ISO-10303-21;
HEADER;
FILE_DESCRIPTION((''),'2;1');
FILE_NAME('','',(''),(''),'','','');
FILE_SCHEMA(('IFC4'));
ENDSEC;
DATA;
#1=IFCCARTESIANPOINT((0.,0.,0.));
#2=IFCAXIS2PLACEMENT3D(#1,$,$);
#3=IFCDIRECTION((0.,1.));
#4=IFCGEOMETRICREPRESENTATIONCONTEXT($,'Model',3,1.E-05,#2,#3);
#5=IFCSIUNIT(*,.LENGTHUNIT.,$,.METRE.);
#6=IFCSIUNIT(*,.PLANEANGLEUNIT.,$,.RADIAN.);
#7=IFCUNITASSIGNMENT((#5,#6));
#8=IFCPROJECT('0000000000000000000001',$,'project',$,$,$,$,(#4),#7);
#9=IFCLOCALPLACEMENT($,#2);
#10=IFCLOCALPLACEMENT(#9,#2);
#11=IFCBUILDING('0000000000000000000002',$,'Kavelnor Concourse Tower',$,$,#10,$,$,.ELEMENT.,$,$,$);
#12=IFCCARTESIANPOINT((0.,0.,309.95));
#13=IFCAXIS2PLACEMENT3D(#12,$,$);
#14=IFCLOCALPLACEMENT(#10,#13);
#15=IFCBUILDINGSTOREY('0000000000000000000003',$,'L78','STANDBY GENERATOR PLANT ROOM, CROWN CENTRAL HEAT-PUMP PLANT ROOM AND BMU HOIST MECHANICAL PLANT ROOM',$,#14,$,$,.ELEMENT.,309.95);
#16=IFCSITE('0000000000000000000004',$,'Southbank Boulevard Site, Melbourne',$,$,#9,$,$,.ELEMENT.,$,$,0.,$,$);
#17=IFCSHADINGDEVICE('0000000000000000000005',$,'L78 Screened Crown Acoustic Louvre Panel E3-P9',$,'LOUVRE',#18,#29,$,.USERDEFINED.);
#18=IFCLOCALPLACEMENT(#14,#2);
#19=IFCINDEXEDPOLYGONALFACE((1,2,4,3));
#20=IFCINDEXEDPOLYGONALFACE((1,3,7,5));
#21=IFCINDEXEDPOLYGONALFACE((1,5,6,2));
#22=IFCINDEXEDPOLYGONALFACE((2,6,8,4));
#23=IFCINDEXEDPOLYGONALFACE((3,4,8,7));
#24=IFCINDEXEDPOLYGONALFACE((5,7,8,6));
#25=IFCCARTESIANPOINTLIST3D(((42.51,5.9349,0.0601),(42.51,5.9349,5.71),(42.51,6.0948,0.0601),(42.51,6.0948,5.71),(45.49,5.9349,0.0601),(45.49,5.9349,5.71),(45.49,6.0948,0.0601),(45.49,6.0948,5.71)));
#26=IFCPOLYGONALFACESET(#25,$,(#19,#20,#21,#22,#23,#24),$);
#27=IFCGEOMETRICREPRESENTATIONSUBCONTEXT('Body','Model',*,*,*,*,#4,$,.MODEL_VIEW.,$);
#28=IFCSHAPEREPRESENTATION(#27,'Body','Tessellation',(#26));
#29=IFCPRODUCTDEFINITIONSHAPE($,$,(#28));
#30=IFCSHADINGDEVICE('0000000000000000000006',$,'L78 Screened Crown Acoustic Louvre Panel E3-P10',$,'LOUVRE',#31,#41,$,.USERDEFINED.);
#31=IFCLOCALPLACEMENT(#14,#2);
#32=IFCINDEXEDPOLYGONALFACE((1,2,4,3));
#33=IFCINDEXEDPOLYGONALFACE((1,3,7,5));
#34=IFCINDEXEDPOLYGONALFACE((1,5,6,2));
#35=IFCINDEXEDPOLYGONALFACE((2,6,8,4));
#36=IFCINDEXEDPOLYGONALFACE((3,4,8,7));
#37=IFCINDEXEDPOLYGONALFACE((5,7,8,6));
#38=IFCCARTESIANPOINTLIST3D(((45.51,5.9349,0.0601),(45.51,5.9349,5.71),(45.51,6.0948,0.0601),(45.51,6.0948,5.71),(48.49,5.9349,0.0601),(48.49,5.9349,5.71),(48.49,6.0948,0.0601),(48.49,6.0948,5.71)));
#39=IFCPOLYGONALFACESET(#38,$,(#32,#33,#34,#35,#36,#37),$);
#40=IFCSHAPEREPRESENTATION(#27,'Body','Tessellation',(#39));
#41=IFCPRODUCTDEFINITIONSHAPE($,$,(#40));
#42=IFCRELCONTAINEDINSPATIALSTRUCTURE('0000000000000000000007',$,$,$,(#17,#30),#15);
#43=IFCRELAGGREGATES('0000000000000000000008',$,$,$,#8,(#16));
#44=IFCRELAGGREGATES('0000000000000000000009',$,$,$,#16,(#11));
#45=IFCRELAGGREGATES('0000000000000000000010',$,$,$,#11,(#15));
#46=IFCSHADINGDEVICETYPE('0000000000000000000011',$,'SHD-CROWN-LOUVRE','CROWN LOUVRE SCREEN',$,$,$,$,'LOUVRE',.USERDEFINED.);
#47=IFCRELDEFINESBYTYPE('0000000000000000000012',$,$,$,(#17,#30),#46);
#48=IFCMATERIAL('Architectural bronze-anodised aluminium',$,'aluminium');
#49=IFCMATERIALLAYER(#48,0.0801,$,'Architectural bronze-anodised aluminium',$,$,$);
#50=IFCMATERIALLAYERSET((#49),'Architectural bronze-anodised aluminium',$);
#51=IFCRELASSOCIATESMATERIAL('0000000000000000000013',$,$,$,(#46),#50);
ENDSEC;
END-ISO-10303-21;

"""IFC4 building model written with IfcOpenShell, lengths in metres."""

from ifc_helpers import new_model, si_unit, direction, frame, origin, origin_2d, place, context, subcontext, project, spatial, rectangle, extrude, material, layer, layer_set, type_object, element, save


model = new_model("IFC4")

# Units and contexts
model_context = context("Model", 3, precision=1e-05, world=origin(), true_north=direction((0.0, 1.0)))
body_context = subcontext(model_context, "Body", "Model", "MODEL_VIEW")
ifc_project = project(units=[si_unit("LENGTHUNIT", "METRE"), si_unit("PLANEANGLEUNIT", "RADIAN")], contexts=[model_context])

# Site, building, storey
site_placement = place(None, origin())
site = spatial("IfcSite", under=ifc_project, at=site_placement, Name="Southbank Boulevard Site, Melbourne", CompositionType="ELEMENT", RefElevation=0.0)
building_placement = place(site_placement, origin())
building = spatial("IfcBuilding", under=site, at=building_placement, Name="Kavelnor Concourse Tower", CompositionType="ELEMENT")
storey_placement = place(building_placement, frame((0.0, 0.0, 309.95)))
storey = spatial("IfcBuildingStorey", under=building, at=storey_placement, Name="L78", Description="STANDBY GENERATOR PLANT ROOM, CROWN CENTRAL HEAT-PUMP PLANT ROOM AND BMU HOIST MECHANICAL PLANT ROOM", CompositionType="ELEMENT", Elevation=309.95)

# Shading devices
ifc_material_1 = material(Name="Architectural bronze-anodised aluminium", Category="aluminium")
ifc_layer_1 = layer(ifc_material_1, 0.0801, Name="Architectural bronze-anodised aluminium")
ifc_layer_set_1 = layer_set([ifc_layer_1], Name="Architectural bronze-anodised aluminium")
shading_device_type = type_object("IfcShadingDeviceType", Name="SHD-CROWN-LOUVRE", Description="CROWN LOUVRE SCREEN", ElementType="LOUVRE", PredefinedType="USERDEFINED", material=ifc_layer_set_1)
for number, where, z_axis, x_axis, name in (
    (1, (44.0, 6.0149, 0.0601), (0.0, 0.0, 1.0), (1.0, 0.0, 0.0), "L78 Screened Crown Acoustic Louvre Panel E3-P9"),
    (2, (47.0, 6.0149, 0.0601), (0.0, 0.0, 1.0), (1.0, 0.0, 0.0), "L78 Screened Crown Acoustic Louvre Panel E3-P10"),
):
    element("IfcShadingDevice", number, at=place(storey_placement, frame(where, z_axis=z_axis, x_axis=x_axis)), inside=storey, type_object=shading_device_type, Name=name, ObjectType="LOUVRE", PredefinedType="USERDEFINED", context=body_context, shape_type="SweptSolid", body=[
        extrude(rectangle(XDim=2.98, YDim=0.1599, at=origin_2d()), origin(), (0.0, 0.0, 1.0), 5.6499),
    ])

save(model, "model.ifc")
